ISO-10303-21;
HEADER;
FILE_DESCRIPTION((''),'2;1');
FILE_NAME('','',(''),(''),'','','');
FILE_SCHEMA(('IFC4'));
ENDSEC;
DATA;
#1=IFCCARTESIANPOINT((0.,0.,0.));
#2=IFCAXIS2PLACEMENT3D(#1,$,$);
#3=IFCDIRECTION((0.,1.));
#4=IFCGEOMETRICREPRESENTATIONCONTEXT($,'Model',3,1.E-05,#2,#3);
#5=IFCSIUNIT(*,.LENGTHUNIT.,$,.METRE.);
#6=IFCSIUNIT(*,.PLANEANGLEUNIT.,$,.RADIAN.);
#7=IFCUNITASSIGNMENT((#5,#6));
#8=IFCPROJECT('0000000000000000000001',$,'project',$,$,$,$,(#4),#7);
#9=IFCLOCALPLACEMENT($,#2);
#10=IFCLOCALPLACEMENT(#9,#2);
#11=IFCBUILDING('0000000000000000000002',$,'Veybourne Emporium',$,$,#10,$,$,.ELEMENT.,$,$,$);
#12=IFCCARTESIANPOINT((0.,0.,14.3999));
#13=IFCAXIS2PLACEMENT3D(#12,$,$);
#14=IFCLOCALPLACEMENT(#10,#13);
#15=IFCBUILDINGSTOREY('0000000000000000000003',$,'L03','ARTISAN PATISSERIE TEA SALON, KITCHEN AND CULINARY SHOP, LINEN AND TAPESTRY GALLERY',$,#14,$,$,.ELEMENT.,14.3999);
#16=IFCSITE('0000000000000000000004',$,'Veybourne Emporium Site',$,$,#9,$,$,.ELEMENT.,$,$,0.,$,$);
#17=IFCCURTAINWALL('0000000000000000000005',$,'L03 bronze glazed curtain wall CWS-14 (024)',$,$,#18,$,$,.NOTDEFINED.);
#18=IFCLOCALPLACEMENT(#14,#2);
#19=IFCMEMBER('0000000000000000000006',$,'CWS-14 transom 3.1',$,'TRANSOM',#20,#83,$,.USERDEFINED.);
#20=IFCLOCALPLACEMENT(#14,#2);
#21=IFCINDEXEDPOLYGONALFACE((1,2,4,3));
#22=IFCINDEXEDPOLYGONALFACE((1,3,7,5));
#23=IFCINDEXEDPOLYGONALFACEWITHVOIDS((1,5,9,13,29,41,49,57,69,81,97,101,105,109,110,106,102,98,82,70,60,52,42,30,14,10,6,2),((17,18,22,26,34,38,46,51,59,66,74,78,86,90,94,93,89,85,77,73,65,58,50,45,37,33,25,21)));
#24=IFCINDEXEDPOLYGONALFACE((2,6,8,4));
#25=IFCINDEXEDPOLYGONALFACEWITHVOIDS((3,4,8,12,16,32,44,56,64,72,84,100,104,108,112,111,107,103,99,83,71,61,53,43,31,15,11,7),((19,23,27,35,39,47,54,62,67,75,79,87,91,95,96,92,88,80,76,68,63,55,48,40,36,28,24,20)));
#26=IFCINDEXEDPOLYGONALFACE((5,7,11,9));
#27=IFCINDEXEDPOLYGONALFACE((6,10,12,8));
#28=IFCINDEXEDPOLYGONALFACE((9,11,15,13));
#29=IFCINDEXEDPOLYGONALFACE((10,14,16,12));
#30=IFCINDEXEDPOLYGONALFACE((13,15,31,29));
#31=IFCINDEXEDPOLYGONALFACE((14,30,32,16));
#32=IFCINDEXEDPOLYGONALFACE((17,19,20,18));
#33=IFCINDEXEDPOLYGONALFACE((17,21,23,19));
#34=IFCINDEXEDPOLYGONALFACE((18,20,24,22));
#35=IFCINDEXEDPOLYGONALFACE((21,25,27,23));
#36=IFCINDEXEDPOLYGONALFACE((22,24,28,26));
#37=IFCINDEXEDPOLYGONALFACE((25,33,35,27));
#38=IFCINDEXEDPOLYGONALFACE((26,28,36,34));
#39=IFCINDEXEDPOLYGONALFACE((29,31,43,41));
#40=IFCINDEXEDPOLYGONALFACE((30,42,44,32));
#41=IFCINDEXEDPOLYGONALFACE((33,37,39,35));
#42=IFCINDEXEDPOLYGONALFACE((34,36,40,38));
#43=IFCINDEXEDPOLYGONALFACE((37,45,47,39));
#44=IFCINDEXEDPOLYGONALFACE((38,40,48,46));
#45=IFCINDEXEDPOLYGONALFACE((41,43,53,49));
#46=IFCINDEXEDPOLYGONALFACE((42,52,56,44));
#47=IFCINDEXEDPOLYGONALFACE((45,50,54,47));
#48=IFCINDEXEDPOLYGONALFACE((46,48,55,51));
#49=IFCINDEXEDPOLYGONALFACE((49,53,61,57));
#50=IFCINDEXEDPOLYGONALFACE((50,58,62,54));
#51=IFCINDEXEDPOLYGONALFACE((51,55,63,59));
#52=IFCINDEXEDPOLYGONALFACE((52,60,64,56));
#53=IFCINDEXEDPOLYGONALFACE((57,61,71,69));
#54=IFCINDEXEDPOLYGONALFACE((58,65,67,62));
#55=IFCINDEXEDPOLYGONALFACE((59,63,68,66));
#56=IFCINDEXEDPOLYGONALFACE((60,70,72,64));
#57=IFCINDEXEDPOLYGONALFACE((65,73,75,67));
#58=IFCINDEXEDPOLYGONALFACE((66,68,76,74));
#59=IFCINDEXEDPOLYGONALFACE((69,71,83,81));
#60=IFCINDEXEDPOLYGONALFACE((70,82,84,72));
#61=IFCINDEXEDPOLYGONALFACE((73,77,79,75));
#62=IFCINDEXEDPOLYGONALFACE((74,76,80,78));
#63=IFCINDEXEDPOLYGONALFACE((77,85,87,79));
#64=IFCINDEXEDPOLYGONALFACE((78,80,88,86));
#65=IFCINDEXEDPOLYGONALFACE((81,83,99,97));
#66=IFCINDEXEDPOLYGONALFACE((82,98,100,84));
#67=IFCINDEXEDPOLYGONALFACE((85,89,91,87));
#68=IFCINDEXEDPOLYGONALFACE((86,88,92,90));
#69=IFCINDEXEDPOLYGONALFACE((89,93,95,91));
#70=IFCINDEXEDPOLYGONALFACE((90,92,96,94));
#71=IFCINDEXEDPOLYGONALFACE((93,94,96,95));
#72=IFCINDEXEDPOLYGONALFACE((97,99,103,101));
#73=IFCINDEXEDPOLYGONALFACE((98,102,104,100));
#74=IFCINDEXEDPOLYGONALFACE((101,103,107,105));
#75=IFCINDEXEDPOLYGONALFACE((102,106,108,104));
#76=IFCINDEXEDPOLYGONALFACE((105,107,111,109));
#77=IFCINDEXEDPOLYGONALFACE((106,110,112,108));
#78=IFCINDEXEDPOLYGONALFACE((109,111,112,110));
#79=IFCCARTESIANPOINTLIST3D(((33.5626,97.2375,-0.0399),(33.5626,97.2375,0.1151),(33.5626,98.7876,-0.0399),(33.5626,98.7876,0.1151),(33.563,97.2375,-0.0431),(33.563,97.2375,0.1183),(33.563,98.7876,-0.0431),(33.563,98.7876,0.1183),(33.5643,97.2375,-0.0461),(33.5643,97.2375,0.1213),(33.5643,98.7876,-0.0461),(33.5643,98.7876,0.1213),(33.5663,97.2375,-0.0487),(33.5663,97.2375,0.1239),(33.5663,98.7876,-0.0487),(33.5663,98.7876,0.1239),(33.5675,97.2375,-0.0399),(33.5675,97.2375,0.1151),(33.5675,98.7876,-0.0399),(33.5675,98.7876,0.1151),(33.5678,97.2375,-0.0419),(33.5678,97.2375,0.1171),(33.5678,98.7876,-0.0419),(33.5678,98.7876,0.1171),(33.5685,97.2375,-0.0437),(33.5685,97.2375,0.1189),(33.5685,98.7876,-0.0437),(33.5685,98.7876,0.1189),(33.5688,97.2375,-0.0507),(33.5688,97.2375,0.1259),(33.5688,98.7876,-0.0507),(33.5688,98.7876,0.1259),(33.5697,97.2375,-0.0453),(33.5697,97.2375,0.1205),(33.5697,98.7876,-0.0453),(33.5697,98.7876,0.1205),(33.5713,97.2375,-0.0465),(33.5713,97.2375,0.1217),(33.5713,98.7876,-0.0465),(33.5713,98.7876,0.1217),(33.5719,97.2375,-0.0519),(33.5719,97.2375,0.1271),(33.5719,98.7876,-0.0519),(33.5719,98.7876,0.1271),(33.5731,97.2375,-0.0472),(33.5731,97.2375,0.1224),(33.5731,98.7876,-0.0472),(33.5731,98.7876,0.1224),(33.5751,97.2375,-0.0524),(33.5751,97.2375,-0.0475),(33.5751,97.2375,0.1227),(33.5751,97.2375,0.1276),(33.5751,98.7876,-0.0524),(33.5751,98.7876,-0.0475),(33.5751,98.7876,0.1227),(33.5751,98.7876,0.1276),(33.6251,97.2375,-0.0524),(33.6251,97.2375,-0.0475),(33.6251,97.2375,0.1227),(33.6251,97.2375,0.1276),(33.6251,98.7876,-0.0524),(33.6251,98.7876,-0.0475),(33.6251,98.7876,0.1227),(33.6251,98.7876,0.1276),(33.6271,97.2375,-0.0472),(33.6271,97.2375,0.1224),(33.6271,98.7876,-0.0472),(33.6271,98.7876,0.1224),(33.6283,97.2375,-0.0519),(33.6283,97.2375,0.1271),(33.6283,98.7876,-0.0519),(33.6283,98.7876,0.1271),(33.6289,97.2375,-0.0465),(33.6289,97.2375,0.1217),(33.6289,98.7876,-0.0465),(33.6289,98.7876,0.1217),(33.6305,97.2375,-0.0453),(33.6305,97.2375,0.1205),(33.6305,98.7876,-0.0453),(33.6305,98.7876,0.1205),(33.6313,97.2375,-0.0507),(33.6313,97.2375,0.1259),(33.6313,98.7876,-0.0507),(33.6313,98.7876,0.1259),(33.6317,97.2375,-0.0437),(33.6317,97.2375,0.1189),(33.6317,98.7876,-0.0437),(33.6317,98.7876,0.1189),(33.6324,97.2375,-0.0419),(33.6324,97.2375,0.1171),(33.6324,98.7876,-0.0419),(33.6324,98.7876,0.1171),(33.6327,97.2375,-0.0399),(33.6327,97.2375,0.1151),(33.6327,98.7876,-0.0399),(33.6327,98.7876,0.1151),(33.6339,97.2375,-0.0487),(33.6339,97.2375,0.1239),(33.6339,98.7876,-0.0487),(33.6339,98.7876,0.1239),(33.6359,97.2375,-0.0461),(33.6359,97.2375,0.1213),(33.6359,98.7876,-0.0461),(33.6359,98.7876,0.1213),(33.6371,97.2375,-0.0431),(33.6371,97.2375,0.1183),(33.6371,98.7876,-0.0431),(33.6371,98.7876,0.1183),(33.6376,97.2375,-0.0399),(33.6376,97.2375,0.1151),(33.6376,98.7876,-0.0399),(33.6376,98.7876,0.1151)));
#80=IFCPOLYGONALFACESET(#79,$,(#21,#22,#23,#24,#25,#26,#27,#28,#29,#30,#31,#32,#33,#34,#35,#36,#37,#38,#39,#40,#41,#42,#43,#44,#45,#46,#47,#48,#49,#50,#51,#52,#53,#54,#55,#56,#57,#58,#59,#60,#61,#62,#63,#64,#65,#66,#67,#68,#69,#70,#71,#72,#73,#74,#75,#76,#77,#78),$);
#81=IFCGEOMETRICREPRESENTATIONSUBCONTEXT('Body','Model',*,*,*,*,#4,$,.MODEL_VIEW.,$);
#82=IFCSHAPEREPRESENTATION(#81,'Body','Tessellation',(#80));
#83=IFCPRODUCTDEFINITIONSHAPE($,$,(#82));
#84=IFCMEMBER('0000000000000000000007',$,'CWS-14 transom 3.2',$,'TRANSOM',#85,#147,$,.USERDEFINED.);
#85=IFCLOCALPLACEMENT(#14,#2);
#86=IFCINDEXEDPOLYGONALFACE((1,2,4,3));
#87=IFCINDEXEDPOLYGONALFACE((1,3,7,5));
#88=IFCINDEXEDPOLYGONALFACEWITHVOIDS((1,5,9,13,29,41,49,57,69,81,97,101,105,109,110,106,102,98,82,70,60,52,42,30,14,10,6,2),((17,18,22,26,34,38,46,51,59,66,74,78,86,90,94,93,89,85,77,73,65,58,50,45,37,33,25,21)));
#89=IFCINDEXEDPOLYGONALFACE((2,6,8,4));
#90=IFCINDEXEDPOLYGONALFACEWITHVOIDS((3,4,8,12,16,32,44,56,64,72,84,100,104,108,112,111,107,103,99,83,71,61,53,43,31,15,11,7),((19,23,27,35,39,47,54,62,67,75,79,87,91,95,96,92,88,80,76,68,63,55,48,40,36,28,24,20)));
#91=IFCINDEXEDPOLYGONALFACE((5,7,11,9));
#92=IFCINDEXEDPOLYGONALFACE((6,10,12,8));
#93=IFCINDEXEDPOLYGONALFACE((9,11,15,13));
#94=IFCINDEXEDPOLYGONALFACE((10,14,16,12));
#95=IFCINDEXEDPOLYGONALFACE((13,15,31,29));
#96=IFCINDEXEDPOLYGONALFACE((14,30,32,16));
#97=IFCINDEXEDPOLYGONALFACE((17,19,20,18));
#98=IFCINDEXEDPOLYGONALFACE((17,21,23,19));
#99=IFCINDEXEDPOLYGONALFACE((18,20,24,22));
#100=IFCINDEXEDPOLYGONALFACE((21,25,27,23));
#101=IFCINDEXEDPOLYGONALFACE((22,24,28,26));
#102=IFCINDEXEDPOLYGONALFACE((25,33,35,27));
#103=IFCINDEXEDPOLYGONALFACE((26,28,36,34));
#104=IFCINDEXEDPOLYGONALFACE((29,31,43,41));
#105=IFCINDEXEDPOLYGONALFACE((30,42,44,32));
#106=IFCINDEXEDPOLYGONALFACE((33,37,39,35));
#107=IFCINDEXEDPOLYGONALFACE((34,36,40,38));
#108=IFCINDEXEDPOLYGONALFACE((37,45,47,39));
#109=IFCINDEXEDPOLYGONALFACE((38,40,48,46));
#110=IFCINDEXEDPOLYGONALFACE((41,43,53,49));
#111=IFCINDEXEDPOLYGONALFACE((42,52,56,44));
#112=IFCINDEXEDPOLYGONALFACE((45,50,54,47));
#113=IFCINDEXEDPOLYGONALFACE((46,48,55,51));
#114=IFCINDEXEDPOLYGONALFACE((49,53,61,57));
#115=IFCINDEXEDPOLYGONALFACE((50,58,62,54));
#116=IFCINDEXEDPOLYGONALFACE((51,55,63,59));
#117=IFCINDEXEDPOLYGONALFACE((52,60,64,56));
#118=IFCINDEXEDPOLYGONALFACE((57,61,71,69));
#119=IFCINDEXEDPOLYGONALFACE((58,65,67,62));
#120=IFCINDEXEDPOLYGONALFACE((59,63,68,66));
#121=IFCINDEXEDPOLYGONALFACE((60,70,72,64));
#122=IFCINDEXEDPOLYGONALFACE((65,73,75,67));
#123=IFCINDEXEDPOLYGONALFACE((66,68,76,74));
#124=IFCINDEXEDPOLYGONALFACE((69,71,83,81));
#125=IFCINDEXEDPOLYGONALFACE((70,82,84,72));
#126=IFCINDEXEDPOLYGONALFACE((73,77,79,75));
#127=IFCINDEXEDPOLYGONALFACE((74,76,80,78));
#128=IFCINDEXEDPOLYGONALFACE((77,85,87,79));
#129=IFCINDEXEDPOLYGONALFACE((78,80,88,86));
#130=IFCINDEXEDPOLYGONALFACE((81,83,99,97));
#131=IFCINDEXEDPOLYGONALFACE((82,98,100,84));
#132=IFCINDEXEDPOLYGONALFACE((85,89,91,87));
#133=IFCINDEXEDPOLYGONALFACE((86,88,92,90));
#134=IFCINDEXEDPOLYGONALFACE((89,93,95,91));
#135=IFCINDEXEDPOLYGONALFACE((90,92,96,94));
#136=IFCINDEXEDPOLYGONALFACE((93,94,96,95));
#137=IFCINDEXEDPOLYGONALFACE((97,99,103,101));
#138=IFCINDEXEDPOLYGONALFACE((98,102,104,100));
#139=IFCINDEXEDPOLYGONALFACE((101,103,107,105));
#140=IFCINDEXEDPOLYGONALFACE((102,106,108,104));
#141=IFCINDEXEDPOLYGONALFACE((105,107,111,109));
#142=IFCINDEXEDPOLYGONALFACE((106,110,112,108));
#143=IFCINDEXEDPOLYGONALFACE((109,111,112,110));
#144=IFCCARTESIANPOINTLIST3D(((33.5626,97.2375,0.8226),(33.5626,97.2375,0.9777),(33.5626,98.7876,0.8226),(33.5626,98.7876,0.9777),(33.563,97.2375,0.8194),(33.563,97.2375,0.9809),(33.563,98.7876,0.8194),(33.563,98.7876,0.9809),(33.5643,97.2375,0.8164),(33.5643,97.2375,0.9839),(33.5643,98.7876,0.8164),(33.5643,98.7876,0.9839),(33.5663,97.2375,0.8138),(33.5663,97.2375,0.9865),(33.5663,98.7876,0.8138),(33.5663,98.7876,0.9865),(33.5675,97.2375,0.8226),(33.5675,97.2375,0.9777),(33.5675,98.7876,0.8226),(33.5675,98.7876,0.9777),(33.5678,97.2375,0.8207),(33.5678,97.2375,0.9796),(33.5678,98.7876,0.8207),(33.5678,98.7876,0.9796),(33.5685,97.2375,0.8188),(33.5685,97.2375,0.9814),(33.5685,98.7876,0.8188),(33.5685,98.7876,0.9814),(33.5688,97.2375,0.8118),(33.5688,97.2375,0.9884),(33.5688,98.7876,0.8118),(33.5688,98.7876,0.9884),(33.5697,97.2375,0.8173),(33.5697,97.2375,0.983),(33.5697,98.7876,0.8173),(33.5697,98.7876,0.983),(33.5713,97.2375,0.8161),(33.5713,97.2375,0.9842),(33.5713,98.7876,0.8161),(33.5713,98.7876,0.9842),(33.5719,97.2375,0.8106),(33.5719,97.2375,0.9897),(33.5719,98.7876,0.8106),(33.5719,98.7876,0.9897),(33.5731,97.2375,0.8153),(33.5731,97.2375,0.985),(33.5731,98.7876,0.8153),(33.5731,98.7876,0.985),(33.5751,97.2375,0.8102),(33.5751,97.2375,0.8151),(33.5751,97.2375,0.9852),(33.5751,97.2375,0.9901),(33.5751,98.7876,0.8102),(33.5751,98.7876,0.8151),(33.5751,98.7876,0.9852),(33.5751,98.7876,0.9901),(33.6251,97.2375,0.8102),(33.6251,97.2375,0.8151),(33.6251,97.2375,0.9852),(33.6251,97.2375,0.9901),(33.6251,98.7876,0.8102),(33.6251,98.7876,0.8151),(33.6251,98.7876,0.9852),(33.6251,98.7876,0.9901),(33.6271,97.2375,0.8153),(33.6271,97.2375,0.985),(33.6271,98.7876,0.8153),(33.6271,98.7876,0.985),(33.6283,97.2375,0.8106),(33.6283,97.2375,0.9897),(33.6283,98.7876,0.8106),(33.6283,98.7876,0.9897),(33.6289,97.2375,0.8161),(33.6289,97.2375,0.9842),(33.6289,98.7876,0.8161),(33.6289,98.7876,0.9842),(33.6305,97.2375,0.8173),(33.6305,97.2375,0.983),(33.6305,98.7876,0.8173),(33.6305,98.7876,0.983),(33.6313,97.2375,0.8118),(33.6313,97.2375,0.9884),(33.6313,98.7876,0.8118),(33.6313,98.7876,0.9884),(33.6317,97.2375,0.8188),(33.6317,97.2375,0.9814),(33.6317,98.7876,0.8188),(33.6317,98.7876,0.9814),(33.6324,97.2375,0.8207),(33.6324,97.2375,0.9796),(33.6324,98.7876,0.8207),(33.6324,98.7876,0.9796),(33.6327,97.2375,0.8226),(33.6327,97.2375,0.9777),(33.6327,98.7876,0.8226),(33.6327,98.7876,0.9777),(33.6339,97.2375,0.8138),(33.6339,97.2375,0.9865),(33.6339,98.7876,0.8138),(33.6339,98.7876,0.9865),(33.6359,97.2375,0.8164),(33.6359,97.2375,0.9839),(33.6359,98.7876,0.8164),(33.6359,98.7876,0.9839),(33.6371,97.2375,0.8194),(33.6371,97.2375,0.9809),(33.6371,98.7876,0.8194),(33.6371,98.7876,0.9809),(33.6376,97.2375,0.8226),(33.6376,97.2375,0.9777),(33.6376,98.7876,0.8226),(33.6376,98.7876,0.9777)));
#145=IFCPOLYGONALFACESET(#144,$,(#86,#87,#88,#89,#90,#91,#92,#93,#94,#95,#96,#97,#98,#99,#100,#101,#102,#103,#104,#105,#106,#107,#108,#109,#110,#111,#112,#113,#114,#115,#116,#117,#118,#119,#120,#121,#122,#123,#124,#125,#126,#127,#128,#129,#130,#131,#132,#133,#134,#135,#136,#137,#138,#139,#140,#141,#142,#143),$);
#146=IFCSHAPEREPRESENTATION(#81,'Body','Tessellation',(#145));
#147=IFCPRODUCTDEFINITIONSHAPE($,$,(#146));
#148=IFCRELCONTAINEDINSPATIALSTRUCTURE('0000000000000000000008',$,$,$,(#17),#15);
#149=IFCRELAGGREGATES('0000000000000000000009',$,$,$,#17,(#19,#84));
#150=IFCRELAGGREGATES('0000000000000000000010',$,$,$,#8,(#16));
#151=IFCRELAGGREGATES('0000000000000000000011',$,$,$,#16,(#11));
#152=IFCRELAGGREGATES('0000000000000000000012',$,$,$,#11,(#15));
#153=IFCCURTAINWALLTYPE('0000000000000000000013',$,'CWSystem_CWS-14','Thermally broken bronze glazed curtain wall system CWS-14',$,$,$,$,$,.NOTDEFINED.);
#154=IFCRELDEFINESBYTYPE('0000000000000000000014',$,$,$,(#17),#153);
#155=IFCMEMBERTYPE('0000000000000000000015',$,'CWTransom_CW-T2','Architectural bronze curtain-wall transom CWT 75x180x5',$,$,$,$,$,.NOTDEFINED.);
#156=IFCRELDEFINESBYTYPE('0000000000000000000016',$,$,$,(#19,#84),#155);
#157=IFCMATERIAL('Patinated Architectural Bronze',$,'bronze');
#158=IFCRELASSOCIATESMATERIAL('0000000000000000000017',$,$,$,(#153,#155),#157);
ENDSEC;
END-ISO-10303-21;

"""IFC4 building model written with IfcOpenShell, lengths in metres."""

from ifc_helpers import new_model, si_unit, direction, frame, origin, origin_2d, place, context, subcontext, project, spatial, hollow_rectangle, extrude, material, material_profile, profile_set, type_object, element, aggregate, save


model = new_model("IFC4")

# Units and contexts
model_context = context("Model", 3, precision=1e-05, world=origin(), true_north=direction((0.0, 1.0)))
body_context = subcontext(model_context, "Body", "Model", "MODEL_VIEW")
ifc_project = project(units=[si_unit("LENGTHUNIT", "METRE"), si_unit("PLANEANGLEUNIT", "RADIAN")], contexts=[model_context])

# Site, building, storey
site_placement = place(None, origin())
site = spatial("IfcSite", under=ifc_project, at=site_placement, Name="Veybourne Emporium Site", CompositionType="ELEMENT", RefElevation=0.0)
building_placement = place(site_placement, origin())
building = spatial("IfcBuilding", under=site, at=building_placement, Name="Veybourne Emporium", CompositionType="ELEMENT")
storey_placement = place(building_placement, frame((0.0, 0.0, 14.3999)))
storey = spatial("IfcBuildingStorey", under=building, at=storey_placement, Name="L03", Description="ARTISAN PATISSERIE TEA SALON, KITCHEN AND CULINARY SHOP, LINEN AND TAPESTRY GALLERY", CompositionType="ELEMENT", Elevation=14.3999)

# Curtain wall, members
ifc_material_1 = material(Name="Patinated Architectural Bronze", Category="bronze")
curtain_wall_type = type_object("IfcCurtainWallType", Name="CWSystem_CWS-14", Description="Thermally broken bronze glazed curtain wall system CWS-14", PredefinedType="NOTDEFINED", material=ifc_material_1)
curtain_wall_placement = place(storey_placement, origin())
curtain_wall = element("IfcCurtainWall", 1, at=curtain_wall_placement, inside=storey, type_object=curtain_wall_type, Name="L03 bronze glazed curtain wall CWS-14 (024)", PredefinedType="NOTDEFINED")
ifc_material_profile_1 = material_profile(ifc_material_1, hollow_rectangle(XDim=0.075, YDim=0.1799, WallThickness=0.0049, InnerFilletRadius=0.0076, OuterFilletRadius=0.0125, at=origin_2d()), Name="CWT 75x180x5")
ifc_profile_set_1 = profile_set([ifc_material_profile_1], Name="Patinated Architectural Bronze")
member_type_1 = type_object("IfcMemberType", Name="CWTransom_CW-T2", Description="Architectural bronze curtain-wall transom CWT 75x180x5", PredefinedType="NOTDEFINED", material=ifc_profile_set_1)
member_1_placement = place(storey_placement, frame((33.6001, 97.2375, 0.0376), z_axis=(0.0, 1.0, 0.0), x_axis=(-1.0, 0.0, 0.0)))
member_1 = element("IfcMember", 2, at=member_1_placement, type_object=member_type_1, Name="CWS-14 transom 3.1", ObjectType="TRANSOM", PredefinedType="USERDEFINED", context=body_context, shape_type="SweptSolid", body=[
    extrude(hollow_rectangle(XDim=0.075, YDim=0.1799, WallThickness=0.0049, InnerFilletRadius=0.0076, OuterFilletRadius=0.0125, at=origin_2d()), origin(), (0.0, 0.0, 1.0), 1.55),
])
member_2_placement = place(storey_placement, frame((33.6001, 97.2375, 0.9001), z_axis=(0.0, 1.0, 0.0), x_axis=(-1.0, 0.0, 0.0)))
member_2 = element("IfcMember", 3, at=member_2_placement, type_object=member_type_1, Name="CWS-14 transom 3.2", ObjectType="TRANSOM", PredefinedType="USERDEFINED", context=body_context, shape_type="SweptSolid", body=[
    extrude(hollow_rectangle(XDim=0.075, YDim=0.1799, WallThickness=0.0049, InnerFilletRadius=0.0076, OuterFilletRadius=0.0125, at=origin_2d()), origin(), (0.0, 0.0, 1.0), 1.55),
])
aggregate(curtain_wall, [member_1, member_2])

save(model, "model.ifc")
